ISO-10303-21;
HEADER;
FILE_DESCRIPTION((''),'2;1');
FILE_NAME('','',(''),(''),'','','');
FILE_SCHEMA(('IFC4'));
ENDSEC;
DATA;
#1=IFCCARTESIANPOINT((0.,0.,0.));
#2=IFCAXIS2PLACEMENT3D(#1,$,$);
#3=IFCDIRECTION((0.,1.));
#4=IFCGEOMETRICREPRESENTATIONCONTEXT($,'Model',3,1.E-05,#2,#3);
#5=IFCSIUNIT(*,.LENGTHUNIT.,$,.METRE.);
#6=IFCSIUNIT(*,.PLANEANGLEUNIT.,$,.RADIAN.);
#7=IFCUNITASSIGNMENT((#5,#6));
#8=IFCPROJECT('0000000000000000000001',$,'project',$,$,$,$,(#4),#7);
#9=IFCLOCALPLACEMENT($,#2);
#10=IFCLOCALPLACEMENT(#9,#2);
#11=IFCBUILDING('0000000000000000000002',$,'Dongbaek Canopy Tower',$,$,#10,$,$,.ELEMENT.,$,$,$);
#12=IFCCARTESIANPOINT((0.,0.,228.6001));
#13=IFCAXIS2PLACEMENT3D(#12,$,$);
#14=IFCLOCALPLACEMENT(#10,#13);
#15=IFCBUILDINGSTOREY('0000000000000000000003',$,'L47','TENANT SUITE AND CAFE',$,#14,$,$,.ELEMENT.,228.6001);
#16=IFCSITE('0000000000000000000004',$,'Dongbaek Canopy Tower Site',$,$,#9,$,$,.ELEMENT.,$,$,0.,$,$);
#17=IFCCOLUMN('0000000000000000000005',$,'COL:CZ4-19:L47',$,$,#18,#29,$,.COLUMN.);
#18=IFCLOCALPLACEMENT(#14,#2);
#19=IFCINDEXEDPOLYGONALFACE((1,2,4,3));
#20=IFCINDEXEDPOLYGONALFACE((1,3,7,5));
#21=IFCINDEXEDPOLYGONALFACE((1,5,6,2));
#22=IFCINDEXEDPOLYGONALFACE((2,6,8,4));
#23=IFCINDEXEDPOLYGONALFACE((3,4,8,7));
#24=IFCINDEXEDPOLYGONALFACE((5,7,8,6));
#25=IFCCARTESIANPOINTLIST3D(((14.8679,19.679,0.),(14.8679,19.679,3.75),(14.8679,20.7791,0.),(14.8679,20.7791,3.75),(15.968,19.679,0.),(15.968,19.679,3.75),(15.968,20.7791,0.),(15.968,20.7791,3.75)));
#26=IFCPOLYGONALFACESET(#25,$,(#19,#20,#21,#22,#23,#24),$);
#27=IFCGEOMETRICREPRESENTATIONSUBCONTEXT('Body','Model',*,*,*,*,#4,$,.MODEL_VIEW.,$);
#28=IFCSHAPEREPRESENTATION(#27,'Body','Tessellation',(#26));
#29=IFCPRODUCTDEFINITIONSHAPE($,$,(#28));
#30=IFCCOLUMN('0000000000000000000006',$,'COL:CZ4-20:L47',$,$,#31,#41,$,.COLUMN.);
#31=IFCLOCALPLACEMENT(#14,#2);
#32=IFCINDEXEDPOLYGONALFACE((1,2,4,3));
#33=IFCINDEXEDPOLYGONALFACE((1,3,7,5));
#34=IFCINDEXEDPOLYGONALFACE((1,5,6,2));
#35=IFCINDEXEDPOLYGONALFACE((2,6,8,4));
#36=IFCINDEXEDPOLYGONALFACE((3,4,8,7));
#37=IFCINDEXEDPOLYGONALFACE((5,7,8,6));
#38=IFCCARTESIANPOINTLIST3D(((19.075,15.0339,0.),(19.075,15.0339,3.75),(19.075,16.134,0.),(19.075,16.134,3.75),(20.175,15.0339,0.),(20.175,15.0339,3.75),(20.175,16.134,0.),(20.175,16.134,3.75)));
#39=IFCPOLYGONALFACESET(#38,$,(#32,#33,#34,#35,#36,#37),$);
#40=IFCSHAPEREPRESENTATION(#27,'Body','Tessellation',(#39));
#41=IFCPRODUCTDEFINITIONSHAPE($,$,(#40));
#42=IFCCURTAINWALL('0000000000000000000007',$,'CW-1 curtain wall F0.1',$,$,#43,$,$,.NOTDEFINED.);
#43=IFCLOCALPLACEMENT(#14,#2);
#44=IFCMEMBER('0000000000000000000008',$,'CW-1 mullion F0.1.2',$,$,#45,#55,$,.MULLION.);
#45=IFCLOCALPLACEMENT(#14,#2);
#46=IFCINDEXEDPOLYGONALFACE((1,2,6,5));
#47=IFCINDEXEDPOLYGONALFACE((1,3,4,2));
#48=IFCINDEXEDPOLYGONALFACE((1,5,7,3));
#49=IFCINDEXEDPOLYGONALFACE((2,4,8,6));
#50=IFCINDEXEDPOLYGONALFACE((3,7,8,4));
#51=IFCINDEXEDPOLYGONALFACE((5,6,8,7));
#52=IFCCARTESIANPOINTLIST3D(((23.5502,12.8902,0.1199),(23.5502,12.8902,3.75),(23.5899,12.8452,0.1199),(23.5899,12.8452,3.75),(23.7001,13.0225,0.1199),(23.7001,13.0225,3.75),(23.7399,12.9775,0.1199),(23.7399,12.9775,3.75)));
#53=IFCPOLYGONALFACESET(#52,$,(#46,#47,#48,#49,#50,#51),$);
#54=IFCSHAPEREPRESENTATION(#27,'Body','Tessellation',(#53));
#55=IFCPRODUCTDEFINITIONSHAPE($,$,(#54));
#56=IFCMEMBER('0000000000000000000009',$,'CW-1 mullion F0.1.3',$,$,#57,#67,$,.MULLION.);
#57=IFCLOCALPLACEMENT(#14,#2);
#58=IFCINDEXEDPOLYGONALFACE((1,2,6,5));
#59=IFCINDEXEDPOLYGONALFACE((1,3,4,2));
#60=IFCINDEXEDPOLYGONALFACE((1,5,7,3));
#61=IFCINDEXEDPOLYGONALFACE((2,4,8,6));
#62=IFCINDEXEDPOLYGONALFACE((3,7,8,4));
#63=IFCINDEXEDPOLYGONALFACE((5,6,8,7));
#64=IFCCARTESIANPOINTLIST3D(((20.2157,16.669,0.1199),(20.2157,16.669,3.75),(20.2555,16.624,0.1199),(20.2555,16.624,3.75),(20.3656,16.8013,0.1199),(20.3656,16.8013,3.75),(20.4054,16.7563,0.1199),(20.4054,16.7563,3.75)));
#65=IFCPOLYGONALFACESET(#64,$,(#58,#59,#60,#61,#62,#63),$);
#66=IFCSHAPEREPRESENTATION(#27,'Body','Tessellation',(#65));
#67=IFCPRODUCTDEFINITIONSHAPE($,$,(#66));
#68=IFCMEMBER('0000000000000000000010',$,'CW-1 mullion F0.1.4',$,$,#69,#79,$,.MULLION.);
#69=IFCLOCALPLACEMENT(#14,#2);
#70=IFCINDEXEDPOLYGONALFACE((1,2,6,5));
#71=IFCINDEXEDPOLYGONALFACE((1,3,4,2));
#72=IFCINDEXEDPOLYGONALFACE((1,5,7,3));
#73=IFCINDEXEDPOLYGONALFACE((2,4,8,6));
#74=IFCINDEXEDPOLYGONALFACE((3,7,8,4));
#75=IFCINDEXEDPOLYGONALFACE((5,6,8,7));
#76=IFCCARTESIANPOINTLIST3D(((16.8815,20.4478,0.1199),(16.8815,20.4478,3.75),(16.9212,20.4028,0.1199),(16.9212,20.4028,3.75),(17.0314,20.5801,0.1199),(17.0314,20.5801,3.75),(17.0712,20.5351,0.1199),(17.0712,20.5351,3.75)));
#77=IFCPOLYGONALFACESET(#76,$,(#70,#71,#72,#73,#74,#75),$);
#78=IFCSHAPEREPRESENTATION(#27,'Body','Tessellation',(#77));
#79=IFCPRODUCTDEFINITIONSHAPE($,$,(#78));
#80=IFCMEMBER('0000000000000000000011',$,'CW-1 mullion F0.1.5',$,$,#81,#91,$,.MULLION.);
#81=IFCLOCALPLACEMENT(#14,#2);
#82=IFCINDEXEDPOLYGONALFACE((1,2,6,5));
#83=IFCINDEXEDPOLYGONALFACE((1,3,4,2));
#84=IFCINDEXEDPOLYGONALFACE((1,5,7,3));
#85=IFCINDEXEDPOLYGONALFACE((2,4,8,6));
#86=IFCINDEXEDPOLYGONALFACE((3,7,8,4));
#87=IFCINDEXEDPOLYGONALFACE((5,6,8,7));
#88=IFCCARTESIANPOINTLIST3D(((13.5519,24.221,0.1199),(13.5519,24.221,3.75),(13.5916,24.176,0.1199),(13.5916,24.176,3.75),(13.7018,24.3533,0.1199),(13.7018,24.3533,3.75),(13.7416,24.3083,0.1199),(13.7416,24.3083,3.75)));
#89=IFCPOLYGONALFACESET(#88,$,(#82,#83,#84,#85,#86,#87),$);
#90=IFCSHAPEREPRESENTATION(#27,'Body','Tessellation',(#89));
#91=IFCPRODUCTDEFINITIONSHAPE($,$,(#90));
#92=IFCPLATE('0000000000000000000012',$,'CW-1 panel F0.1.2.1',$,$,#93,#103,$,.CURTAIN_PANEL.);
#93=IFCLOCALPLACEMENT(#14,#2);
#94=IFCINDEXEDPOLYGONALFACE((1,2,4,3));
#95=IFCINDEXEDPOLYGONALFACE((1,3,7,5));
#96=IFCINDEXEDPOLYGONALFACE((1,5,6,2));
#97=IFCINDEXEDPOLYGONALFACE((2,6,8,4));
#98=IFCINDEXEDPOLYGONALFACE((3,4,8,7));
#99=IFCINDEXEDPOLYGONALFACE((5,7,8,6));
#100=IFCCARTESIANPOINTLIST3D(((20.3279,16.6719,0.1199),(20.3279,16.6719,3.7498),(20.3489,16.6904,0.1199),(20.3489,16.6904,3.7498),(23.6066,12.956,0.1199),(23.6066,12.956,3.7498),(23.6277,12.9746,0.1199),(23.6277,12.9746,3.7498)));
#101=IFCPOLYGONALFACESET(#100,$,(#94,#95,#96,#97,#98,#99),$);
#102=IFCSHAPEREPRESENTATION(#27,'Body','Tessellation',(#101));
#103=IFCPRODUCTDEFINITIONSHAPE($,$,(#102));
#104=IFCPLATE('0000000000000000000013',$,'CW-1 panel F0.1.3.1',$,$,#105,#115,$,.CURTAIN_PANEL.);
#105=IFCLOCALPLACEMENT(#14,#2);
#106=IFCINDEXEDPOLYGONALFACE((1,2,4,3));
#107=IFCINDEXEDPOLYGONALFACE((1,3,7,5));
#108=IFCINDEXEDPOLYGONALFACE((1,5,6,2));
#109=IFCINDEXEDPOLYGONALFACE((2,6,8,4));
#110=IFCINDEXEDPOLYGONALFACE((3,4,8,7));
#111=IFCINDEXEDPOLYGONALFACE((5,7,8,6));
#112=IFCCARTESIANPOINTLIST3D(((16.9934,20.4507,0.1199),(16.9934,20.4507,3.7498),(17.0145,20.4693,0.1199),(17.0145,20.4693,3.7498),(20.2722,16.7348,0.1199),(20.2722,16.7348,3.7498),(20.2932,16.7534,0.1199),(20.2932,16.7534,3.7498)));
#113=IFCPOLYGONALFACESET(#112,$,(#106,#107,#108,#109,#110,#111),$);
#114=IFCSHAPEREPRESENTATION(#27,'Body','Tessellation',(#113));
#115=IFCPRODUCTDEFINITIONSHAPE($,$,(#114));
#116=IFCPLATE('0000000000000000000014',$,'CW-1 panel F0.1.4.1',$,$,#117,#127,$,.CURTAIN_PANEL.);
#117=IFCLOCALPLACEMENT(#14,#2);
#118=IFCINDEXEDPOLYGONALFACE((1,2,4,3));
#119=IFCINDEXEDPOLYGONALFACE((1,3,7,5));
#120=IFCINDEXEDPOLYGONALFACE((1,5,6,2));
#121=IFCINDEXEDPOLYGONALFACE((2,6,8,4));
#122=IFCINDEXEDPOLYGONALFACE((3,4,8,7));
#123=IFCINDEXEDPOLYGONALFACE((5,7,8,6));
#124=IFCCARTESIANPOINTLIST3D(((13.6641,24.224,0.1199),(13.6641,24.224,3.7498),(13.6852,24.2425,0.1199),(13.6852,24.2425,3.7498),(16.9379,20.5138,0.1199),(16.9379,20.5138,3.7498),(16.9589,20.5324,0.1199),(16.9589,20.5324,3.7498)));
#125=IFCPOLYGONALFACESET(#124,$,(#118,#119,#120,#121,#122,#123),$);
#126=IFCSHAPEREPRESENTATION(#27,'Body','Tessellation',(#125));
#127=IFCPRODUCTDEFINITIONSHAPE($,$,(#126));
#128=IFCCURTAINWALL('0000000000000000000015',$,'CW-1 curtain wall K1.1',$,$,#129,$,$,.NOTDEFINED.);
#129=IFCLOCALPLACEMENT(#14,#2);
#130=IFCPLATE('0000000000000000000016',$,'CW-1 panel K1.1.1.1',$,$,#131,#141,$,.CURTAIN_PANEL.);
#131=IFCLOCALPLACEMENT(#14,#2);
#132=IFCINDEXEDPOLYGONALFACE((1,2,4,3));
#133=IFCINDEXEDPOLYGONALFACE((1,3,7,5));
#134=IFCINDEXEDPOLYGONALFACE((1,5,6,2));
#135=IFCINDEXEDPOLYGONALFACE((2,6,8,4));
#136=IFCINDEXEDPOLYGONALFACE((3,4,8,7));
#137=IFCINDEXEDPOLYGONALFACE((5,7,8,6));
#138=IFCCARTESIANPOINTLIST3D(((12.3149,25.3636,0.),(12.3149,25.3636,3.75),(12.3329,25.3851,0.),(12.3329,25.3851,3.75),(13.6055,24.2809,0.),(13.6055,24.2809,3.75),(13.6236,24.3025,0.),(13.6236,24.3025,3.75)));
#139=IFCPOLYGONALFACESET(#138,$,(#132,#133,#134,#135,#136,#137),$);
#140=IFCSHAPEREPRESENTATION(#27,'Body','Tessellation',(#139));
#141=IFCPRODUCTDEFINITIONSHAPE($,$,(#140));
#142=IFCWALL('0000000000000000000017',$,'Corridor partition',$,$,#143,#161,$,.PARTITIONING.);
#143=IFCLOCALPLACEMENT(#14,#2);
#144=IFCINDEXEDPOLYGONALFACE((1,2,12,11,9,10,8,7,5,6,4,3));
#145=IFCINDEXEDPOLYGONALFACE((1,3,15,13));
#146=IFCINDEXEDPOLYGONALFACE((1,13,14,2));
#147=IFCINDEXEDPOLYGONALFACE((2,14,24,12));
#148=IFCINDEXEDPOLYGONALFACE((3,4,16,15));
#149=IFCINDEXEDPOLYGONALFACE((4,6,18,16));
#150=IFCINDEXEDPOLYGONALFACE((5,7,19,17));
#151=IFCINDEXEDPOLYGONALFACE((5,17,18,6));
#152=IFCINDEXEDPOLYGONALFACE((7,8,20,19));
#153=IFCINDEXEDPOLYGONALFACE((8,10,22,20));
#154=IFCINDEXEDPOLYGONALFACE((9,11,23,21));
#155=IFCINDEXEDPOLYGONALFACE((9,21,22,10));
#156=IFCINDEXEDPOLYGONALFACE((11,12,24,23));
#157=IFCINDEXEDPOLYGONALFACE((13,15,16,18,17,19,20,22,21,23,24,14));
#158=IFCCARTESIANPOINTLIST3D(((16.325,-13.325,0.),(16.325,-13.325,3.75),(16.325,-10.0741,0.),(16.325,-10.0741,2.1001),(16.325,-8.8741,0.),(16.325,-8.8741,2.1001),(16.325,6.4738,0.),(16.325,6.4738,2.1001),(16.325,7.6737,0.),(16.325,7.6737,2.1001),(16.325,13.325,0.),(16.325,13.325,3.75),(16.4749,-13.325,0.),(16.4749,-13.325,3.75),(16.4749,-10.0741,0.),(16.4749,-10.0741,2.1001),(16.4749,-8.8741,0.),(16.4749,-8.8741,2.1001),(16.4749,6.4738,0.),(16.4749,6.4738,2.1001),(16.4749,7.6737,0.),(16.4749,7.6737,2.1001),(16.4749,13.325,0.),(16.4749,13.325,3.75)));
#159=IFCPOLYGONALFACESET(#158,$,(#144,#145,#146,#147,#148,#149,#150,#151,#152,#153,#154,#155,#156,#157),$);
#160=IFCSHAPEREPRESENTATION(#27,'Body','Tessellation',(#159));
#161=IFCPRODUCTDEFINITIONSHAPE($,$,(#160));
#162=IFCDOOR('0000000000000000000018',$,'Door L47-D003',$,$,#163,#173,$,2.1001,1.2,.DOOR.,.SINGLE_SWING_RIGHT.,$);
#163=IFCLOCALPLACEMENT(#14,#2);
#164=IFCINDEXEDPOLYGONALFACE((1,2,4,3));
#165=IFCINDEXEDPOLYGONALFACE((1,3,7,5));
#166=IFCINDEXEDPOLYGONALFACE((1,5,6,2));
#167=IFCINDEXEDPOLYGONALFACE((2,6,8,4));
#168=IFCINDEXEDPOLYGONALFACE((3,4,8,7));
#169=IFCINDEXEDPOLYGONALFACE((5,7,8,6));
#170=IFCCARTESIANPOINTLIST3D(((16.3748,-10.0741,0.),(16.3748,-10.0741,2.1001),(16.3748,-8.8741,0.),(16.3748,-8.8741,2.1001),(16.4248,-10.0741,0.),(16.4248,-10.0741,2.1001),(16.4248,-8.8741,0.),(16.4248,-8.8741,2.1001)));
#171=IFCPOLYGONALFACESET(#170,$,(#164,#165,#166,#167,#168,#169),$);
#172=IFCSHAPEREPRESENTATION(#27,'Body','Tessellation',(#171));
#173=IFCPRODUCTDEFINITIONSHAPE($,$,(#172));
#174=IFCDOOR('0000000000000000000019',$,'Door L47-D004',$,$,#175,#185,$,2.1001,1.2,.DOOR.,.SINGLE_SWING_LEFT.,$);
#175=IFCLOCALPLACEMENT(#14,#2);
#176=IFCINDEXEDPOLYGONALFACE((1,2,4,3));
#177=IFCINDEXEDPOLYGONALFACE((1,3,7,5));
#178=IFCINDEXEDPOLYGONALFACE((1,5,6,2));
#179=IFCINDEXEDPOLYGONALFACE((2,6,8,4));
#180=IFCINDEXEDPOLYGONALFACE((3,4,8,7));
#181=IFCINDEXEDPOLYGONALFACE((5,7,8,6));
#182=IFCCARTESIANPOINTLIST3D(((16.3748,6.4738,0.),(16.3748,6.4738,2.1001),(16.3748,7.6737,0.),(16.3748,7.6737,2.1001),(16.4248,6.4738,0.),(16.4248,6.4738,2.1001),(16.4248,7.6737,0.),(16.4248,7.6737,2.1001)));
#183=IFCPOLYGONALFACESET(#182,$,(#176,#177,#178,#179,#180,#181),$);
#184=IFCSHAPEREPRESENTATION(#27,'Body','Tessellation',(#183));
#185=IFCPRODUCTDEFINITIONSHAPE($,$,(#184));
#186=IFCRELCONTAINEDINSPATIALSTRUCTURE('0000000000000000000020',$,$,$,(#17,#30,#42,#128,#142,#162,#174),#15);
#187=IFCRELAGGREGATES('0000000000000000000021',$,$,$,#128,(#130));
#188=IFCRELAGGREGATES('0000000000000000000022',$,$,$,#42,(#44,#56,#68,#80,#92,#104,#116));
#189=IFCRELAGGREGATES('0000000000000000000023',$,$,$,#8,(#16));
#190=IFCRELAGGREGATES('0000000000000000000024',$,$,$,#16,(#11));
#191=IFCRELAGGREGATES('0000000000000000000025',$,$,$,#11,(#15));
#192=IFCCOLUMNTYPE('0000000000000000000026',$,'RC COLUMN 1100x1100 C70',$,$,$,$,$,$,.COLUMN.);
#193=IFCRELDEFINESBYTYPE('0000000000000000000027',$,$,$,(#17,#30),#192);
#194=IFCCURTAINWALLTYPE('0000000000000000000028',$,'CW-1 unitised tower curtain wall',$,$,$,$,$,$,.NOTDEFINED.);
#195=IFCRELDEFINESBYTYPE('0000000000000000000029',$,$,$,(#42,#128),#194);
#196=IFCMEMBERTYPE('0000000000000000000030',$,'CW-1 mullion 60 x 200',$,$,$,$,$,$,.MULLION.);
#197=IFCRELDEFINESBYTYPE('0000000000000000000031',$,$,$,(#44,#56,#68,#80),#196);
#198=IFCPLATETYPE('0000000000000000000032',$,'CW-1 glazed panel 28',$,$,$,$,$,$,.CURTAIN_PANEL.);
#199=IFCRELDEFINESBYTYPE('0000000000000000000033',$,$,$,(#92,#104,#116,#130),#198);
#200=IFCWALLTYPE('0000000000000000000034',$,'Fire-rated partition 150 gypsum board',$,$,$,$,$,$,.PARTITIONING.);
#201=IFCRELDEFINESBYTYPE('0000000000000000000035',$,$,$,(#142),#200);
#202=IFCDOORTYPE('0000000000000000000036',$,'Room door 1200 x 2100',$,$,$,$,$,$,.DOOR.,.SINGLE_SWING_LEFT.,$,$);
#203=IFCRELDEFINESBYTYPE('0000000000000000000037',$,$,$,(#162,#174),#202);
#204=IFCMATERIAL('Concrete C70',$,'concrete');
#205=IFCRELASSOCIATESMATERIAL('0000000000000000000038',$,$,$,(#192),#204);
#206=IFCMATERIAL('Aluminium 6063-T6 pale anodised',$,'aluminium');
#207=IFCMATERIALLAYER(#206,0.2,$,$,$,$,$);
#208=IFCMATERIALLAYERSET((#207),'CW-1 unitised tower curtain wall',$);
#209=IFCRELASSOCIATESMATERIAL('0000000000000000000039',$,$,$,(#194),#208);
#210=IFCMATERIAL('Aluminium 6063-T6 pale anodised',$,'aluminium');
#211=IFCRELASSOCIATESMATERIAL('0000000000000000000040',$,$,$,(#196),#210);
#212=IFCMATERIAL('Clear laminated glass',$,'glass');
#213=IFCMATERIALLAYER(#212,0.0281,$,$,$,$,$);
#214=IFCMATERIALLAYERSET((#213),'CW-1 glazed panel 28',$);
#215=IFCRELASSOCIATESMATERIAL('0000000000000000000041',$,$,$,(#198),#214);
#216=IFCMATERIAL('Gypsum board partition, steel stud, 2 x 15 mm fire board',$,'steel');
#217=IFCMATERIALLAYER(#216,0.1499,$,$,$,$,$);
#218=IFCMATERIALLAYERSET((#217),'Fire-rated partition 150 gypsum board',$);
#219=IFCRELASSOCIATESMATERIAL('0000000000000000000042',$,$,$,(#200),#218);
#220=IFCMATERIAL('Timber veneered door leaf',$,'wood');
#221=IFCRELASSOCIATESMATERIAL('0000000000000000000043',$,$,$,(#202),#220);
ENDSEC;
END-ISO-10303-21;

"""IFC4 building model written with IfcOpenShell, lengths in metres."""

from ifc_helpers import new_model, si_unit, direction, frame, frame_2d, origin, origin_2d, place, context, subcontext, project, spatial, rectangle, extrude, material, layer, layer_set, material_profile, profile_set, type_object, element, fill, aggregate, save


model = new_model("IFC4")

# Units and contexts
model_context = context("Model", 3, precision=1e-05, world=origin(), true_north=direction((0.0, 1.0)))
body_context = subcontext(model_context, "Body", "Model", "MODEL_VIEW")
ifc_project = project(units=[si_unit("LENGTHUNIT", "METRE"), si_unit("PLANEANGLEUNIT", "RADIAN")], contexts=[model_context])

# Site, building, storey
site_placement = place(None, origin())
site = spatial("IfcSite", under=ifc_project, at=site_placement, Name="Dongbaek Canopy Tower Site", CompositionType="ELEMENT", RefElevation=0.0)
building_placement = place(site_placement, origin())
building = spatial("IfcBuilding", under=site, at=building_placement, Name="Dongbaek Canopy Tower", CompositionType="ELEMENT")
storey_placement = place(building_placement, frame((0.0, 0.0, 228.6001)))
storey = spatial("IfcBuildingStorey", under=building, at=storey_placement, Name="L47", Description="TENANT SUITE AND CAFE", CompositionType="ELEMENT", Elevation=228.6001)

# Columns
ifc_material_1 = material(Name="Concrete C70", Category="concrete")
ifc_material_profile_1 = material_profile(ifc_material_1, rectangle(XDim=1.1001, YDim=1.1001, at=origin_2d()), Name="RC COLUMN 1100x1100 C70")
ifc_profile_set_1 = profile_set([ifc_material_profile_1], Name="Concrete C70")
column_type = type_object("IfcColumnType", Name="RC COLUMN 1100x1100 C70", PredefinedType="COLUMN", material=ifc_profile_set_1)
for number, where, z_axis, x_axis, name in (
    (1, (15.418, 20.229, 0.0), (0.0, 0.0, 1.0), (1.0, 0.0, 0.0), "COL:CZ4-19:L47"),
    (2, (19.625, 15.584, 0.0), (0.0, 0.0, 1.0), (1.0, 0.0, 0.0), "COL:CZ4-20:L47"),
):
    element("IfcColumn", number, at=place(storey_placement, frame(where, z_axis=z_axis, x_axis=x_axis)), inside=storey, type_object=column_type, Name=name, PredefinedType="COLUMN", context=body_context, shape_type="SweptSolid", body=[
        extrude(rectangle(XDim=1.1001, YDim=1.1001, at=origin_2d()), origin(), (0.0, 0.0, 1.0), 3.75),
    ])

# Curtain wall, members, plates
ifc_material_2 = material(Name="Aluminium 6063-T6 pale anodised", Category="aluminium")
ifc_layer_1 = layer(ifc_material_2, 0.2)
ifc_layer_set_1 = layer_set([ifc_layer_1], Name="CW-1 unitised tower curtain wall")
curtain_wall_type = type_object("IfcCurtainWallType", Name="CW-1 unitised tower curtain wall", PredefinedType="NOTDEFINED", material=ifc_layer_set_1)
curtain_wall_1_placement = place(storey_placement, origin())
curtain_wall_1 = element("IfcCurtainWall", 3, at=curtain_wall_1_placement, inside=storey, type_object=curtain_wall_type, Name="CW-1 curtain wall F0.1", PredefinedType="NOTDEFINED")
ifc_material_3 = material(Name="Aluminium 6063-T6 pale anodised", Category="aluminium")
ifc_material_profile_2 = material_profile(ifc_material_3, rectangle(XDim=0.2, YDim=0.0601, at=origin_2d()), Name="CW-1 mullion 60 x 200")
ifc_profile_set_2 = profile_set([ifc_material_profile_2], Name="Aluminium 6063-T6 pale anodised")
member_type = type_object("IfcMemberType", Name="CW-1 mullion 60 x 200", PredefinedType="MULLION", material=ifc_profile_set_2)
member_1_placement = place(storey_placement, frame((23.645, 12.9338, 0.1199), z_axis=(0.0, 0.0, 1.0), x_axis=(0.749829, 0.661631, 0.0)))
member_1 = element("IfcMember", 4, at=member_1_placement, type_object=member_type, Name="CW-1 mullion F0.1.2", PredefinedType="MULLION", context=body_context, shape_type="SweptSolid", body=[
    extrude(rectangle(XDim=0.2, YDim=0.0601, at=origin_2d()), origin(), (0.0, 0.0, 1.0), 3.6301),
])
member_2_placement = place(storey_placement, frame((20.3105, 16.7126, 0.1199), z_axis=(0.0, 0.0, 1.0), x_axis=(0.749829, 0.661631, 0.0)))
member_2 = element("IfcMember", 5, at=member_2_placement, type_object=member_type, Name="CW-1 mullion F0.1.3", PredefinedType="MULLION", context=body_context, shape_type="SweptSolid", body=[
    extrude(rectangle(XDim=0.2, YDim=0.0601, at=origin_2d()), origin(), (0.0, 0.0, 1.0), 3.6301),
])
member_3_placement = place(storey_placement, frame((16.9763, 20.4915, 0.1199), z_axis=(0.0, 0.0, 1.0), x_axis=(0.749829, 0.661631, 0.0)))
member_3 = element("IfcMember", 6, at=member_3_placement, type_object=member_type, Name="CW-1 mullion F0.1.4", PredefinedType="MULLION", context=body_context, shape_type="SweptSolid", body=[
    extrude(rectangle(XDim=0.2, YDim=0.0601, at=origin_2d()), origin(), (0.0, 0.0, 1.0), 3.6301),
])
member_4_placement = place(storey_placement, frame((13.6467, 24.2646, 0.1199), z_axis=(0.0, 0.0, 1.0), x_axis=(0.749829, 0.661631, 0.0)))
member_4 = element("IfcMember", 7, at=member_4_placement, type_object=member_type, Name="CW-1 mullion F0.1.5", PredefinedType="MULLION", context=body_context, shape_type="SweptSolid", body=[
    extrude(rectangle(XDim=0.2, YDim=0.0601, at=origin_2d()), origin(), (0.0, 0.0, 1.0), 3.6301),
])
ifc_material_4 = material(Name="Clear laminated glass", Category="glass")
ifc_layer_2 = layer(ifc_material_4, 0.0281)
ifc_layer_set_2 = layer_set([ifc_layer_2], Name="CW-1 glazed panel 28")
plate_type = type_object("IfcPlateType", Name="CW-1 glazed panel 28", PredefinedType="CURTAIN_PANEL", material=ifc_layer_set_2)
plate_1_placement = place(storey_placement, frame((21.9778, 14.8232, 0.1199), z_axis=(0.0, 0.0, 1.0), x_axis=(-0.661631, 0.749829, 0.0)))
plate_1 = element("IfcPlate", 8, at=plate_1_placement, type_object=plate_type, Name="CW-1 panel F0.1.2.1", PredefinedType="CURTAIN_PANEL", context=body_context, shape_type="SweptSolid", body=[
    extrude(rectangle(XDim=4.9556, YDim=0.0281, at=origin_2d()), origin(), (0.0, 0.0, 1.0), 3.6299),
])
plate_2_placement = place(storey_placement, frame((18.6433, 18.6021, 0.1199), z_axis=(0.0, 0.0, 1.0), x_axis=(-0.661631, 0.749829, 0.0)))
plate_2 = element("IfcPlate", 9, at=plate_2_placement, type_object=plate_type, Name="CW-1 panel F0.1.3.1", PredefinedType="CURTAIN_PANEL", context=body_context, shape_type="SweptSolid", body=[
    extrude(rectangle(XDim=4.9556, YDim=0.0281, at=origin_2d()), origin(), (0.0, 0.0, 1.0), 3.6299),
])
plate_3_placement = place(storey_placement, frame((15.3115, 22.3782, 0.1199), z_axis=(0.0, 0.0, 1.0), x_axis=(-0.661631, 0.749829, 0.0)))
plate_3 = element("IfcPlate", 10, at=plate_3_placement, type_object=plate_type, Name="CW-1 panel F0.1.4.1", PredefinedType="CURTAIN_PANEL", context=body_context, shape_type="SweptSolid", body=[
    extrude(rectangle(XDim=4.948, YDim=0.0281, at=origin_2d()), origin(), (0.0, 0.0, 1.0), 3.6299),
])

# Curtain wall, plate
curtain_wall_2_placement = place(storey_placement, origin())
curtain_wall_2 = element("IfcCurtainWall", 11, at=curtain_wall_2_placement, inside=storey, type_object=curtain_wall_type, Name="CW-1 curtain wall K1.1", PredefinedType="NOTDEFINED")
plate_4_placement = place(storey_placement, frame((12.9692, 24.833, 0.0), z_axis=(0.0, 0.0, 1.0), x_axis=(-0.766148, 0.642665, 0.0)))
plate_4 = element("IfcPlate", 12, at=plate_4_placement, type_object=plate_type, Name="CW-1 panel K1.1.1.1", PredefinedType="CURTAIN_PANEL", context=body_context, shape_type="SweptSolid", body=[
    extrude(rectangle(XDim=1.6846, YDim=0.0281, at=origin_2d()), origin(), (0.0, 0.0, 1.0), 3.75),
])

# Wall, openings, doors
ifc_material_5 = material(Name="Gypsum board partition, steel stud, 2 x 15 mm fire board", Category="steel")
ifc_layer_3 = layer(ifc_material_5, 0.1499)
ifc_layer_set_3 = layer_set([ifc_layer_3], Name="Fire-rated partition 150 gypsum board")
wall_type_1 = type_object("IfcWallType", Name="Fire-rated partition 150 gypsum board", PredefinedType="PARTITIONING", material=ifc_layer_set_3)
wall_1_placement = place(storey_placement, frame((16.3999, 13.325, 0.0), z_axis=(0.0, 0.0, 1.0), x_axis=(0.0, -1.0, 0.0)))
wall_1 = element("IfcWall", 13, at=wall_1_placement, inside=storey, type_object=wall_type_1, Name="Corridor partition", PredefinedType="PARTITIONING", context=body_context, shape_type="SweptSolid", body=[
    extrude(rectangle(XDim=26.6499, YDim=0.1499, at=frame_2d((13.325, 0.0))), origin(), (0.0, 0.0, 1.0), 3.75),
])
opening_1_placement = place(wall_1_placement, frame((22.199, 0.0, 0.0)))
opening_1 = element("IfcOpeningElement", 14, at=opening_1_placement, cuts=wall_1, PredefinedType="OPENING", context=body_context, shape_type="SweptSolid", body=[
    extrude(rectangle(XDim=1.2, YDim=2.1001, at=frame_2d((0.6001, 1.05))), frame((0.0, 0.085, 0.0), z_axis=(0.0, -1.0, 0.0), x_axis=(1.0, 0.0, 0.0)), (0.0, 0.0, 1.0), 0.1699),
])
opening_2_placement = place(wall_1_placement, frame((5.6511, 0.0, 0.0)))
opening_2 = element("IfcOpeningElement", 15, at=opening_2_placement, cuts=wall_1, PredefinedType="OPENING", context=body_context, shape_type="SweptSolid", body=[
    extrude(rectangle(XDim=1.2, YDim=2.1001, at=frame_2d((0.6001, 1.05))), frame((0.0, 0.085, 0.0), z_axis=(0.0, -1.0, 0.0), x_axis=(1.0, 0.0, 0.0)), (0.0, 0.0, 1.0), 0.1699),
])
ifc_material_6 = material(Name="Timber veneered door leaf", Category="wood")
door_type = type_object("IfcDoorType", Name="Room door 1200 x 2100", OperationType="SINGLE_SWING_LEFT", PredefinedType="DOOR", material=ifc_material_6)
door_1_placement = place(opening_1_placement, origin())
door_1 = element("IfcDoor", 16, at=door_1_placement, inside=storey, type_object=door_type, Name="Door L47-D003", OperationType="SINGLE_SWING_RIGHT", OverallHeight=2.1001, OverallWidth=1.2, PredefinedType="DOOR", context=body_context, shape_type="SweptSolid", body=[
    extrude(rectangle(XDim=1.2, YDim=2.1001, at=frame_2d((0.6001, 1.05))), frame((0.0, 0.0249, 0.0), z_axis=(0.0, -1.0, 0.0), x_axis=(1.0, 0.0, 0.0)), (0.0, 0.0, 1.0), 0.05),
])
fill(opening_1, door_1)
door_2_placement = place(opening_2_placement, origin())
door_2 = element("IfcDoor", 17, at=door_2_placement, inside=storey, type_object=door_type, Name="Door L47-D004", OperationType="SINGLE_SWING_LEFT", OverallHeight=2.1001, OverallWidth=1.2, PredefinedType="DOOR", context=body_context, shape_type="SweptSolid", body=[
    extrude(rectangle(XDim=1.2, YDim=2.1001, at=frame_2d((0.6001, 1.05))), frame((0.0, 0.0249, 0.0), z_axis=(0.0, -1.0, 0.0), x_axis=(1.0, 0.0, 0.0)), (0.0, 0.0, 1.0), 0.05),
])
fill(opening_2, door_2)

aggregate(curtain_wall_2, [plate_4])
aggregate(curtain_wall_1, [member_1, member_2, member_3, member_4, plate_1, plate_2, plate_3])

save(model, "model.ifc")
